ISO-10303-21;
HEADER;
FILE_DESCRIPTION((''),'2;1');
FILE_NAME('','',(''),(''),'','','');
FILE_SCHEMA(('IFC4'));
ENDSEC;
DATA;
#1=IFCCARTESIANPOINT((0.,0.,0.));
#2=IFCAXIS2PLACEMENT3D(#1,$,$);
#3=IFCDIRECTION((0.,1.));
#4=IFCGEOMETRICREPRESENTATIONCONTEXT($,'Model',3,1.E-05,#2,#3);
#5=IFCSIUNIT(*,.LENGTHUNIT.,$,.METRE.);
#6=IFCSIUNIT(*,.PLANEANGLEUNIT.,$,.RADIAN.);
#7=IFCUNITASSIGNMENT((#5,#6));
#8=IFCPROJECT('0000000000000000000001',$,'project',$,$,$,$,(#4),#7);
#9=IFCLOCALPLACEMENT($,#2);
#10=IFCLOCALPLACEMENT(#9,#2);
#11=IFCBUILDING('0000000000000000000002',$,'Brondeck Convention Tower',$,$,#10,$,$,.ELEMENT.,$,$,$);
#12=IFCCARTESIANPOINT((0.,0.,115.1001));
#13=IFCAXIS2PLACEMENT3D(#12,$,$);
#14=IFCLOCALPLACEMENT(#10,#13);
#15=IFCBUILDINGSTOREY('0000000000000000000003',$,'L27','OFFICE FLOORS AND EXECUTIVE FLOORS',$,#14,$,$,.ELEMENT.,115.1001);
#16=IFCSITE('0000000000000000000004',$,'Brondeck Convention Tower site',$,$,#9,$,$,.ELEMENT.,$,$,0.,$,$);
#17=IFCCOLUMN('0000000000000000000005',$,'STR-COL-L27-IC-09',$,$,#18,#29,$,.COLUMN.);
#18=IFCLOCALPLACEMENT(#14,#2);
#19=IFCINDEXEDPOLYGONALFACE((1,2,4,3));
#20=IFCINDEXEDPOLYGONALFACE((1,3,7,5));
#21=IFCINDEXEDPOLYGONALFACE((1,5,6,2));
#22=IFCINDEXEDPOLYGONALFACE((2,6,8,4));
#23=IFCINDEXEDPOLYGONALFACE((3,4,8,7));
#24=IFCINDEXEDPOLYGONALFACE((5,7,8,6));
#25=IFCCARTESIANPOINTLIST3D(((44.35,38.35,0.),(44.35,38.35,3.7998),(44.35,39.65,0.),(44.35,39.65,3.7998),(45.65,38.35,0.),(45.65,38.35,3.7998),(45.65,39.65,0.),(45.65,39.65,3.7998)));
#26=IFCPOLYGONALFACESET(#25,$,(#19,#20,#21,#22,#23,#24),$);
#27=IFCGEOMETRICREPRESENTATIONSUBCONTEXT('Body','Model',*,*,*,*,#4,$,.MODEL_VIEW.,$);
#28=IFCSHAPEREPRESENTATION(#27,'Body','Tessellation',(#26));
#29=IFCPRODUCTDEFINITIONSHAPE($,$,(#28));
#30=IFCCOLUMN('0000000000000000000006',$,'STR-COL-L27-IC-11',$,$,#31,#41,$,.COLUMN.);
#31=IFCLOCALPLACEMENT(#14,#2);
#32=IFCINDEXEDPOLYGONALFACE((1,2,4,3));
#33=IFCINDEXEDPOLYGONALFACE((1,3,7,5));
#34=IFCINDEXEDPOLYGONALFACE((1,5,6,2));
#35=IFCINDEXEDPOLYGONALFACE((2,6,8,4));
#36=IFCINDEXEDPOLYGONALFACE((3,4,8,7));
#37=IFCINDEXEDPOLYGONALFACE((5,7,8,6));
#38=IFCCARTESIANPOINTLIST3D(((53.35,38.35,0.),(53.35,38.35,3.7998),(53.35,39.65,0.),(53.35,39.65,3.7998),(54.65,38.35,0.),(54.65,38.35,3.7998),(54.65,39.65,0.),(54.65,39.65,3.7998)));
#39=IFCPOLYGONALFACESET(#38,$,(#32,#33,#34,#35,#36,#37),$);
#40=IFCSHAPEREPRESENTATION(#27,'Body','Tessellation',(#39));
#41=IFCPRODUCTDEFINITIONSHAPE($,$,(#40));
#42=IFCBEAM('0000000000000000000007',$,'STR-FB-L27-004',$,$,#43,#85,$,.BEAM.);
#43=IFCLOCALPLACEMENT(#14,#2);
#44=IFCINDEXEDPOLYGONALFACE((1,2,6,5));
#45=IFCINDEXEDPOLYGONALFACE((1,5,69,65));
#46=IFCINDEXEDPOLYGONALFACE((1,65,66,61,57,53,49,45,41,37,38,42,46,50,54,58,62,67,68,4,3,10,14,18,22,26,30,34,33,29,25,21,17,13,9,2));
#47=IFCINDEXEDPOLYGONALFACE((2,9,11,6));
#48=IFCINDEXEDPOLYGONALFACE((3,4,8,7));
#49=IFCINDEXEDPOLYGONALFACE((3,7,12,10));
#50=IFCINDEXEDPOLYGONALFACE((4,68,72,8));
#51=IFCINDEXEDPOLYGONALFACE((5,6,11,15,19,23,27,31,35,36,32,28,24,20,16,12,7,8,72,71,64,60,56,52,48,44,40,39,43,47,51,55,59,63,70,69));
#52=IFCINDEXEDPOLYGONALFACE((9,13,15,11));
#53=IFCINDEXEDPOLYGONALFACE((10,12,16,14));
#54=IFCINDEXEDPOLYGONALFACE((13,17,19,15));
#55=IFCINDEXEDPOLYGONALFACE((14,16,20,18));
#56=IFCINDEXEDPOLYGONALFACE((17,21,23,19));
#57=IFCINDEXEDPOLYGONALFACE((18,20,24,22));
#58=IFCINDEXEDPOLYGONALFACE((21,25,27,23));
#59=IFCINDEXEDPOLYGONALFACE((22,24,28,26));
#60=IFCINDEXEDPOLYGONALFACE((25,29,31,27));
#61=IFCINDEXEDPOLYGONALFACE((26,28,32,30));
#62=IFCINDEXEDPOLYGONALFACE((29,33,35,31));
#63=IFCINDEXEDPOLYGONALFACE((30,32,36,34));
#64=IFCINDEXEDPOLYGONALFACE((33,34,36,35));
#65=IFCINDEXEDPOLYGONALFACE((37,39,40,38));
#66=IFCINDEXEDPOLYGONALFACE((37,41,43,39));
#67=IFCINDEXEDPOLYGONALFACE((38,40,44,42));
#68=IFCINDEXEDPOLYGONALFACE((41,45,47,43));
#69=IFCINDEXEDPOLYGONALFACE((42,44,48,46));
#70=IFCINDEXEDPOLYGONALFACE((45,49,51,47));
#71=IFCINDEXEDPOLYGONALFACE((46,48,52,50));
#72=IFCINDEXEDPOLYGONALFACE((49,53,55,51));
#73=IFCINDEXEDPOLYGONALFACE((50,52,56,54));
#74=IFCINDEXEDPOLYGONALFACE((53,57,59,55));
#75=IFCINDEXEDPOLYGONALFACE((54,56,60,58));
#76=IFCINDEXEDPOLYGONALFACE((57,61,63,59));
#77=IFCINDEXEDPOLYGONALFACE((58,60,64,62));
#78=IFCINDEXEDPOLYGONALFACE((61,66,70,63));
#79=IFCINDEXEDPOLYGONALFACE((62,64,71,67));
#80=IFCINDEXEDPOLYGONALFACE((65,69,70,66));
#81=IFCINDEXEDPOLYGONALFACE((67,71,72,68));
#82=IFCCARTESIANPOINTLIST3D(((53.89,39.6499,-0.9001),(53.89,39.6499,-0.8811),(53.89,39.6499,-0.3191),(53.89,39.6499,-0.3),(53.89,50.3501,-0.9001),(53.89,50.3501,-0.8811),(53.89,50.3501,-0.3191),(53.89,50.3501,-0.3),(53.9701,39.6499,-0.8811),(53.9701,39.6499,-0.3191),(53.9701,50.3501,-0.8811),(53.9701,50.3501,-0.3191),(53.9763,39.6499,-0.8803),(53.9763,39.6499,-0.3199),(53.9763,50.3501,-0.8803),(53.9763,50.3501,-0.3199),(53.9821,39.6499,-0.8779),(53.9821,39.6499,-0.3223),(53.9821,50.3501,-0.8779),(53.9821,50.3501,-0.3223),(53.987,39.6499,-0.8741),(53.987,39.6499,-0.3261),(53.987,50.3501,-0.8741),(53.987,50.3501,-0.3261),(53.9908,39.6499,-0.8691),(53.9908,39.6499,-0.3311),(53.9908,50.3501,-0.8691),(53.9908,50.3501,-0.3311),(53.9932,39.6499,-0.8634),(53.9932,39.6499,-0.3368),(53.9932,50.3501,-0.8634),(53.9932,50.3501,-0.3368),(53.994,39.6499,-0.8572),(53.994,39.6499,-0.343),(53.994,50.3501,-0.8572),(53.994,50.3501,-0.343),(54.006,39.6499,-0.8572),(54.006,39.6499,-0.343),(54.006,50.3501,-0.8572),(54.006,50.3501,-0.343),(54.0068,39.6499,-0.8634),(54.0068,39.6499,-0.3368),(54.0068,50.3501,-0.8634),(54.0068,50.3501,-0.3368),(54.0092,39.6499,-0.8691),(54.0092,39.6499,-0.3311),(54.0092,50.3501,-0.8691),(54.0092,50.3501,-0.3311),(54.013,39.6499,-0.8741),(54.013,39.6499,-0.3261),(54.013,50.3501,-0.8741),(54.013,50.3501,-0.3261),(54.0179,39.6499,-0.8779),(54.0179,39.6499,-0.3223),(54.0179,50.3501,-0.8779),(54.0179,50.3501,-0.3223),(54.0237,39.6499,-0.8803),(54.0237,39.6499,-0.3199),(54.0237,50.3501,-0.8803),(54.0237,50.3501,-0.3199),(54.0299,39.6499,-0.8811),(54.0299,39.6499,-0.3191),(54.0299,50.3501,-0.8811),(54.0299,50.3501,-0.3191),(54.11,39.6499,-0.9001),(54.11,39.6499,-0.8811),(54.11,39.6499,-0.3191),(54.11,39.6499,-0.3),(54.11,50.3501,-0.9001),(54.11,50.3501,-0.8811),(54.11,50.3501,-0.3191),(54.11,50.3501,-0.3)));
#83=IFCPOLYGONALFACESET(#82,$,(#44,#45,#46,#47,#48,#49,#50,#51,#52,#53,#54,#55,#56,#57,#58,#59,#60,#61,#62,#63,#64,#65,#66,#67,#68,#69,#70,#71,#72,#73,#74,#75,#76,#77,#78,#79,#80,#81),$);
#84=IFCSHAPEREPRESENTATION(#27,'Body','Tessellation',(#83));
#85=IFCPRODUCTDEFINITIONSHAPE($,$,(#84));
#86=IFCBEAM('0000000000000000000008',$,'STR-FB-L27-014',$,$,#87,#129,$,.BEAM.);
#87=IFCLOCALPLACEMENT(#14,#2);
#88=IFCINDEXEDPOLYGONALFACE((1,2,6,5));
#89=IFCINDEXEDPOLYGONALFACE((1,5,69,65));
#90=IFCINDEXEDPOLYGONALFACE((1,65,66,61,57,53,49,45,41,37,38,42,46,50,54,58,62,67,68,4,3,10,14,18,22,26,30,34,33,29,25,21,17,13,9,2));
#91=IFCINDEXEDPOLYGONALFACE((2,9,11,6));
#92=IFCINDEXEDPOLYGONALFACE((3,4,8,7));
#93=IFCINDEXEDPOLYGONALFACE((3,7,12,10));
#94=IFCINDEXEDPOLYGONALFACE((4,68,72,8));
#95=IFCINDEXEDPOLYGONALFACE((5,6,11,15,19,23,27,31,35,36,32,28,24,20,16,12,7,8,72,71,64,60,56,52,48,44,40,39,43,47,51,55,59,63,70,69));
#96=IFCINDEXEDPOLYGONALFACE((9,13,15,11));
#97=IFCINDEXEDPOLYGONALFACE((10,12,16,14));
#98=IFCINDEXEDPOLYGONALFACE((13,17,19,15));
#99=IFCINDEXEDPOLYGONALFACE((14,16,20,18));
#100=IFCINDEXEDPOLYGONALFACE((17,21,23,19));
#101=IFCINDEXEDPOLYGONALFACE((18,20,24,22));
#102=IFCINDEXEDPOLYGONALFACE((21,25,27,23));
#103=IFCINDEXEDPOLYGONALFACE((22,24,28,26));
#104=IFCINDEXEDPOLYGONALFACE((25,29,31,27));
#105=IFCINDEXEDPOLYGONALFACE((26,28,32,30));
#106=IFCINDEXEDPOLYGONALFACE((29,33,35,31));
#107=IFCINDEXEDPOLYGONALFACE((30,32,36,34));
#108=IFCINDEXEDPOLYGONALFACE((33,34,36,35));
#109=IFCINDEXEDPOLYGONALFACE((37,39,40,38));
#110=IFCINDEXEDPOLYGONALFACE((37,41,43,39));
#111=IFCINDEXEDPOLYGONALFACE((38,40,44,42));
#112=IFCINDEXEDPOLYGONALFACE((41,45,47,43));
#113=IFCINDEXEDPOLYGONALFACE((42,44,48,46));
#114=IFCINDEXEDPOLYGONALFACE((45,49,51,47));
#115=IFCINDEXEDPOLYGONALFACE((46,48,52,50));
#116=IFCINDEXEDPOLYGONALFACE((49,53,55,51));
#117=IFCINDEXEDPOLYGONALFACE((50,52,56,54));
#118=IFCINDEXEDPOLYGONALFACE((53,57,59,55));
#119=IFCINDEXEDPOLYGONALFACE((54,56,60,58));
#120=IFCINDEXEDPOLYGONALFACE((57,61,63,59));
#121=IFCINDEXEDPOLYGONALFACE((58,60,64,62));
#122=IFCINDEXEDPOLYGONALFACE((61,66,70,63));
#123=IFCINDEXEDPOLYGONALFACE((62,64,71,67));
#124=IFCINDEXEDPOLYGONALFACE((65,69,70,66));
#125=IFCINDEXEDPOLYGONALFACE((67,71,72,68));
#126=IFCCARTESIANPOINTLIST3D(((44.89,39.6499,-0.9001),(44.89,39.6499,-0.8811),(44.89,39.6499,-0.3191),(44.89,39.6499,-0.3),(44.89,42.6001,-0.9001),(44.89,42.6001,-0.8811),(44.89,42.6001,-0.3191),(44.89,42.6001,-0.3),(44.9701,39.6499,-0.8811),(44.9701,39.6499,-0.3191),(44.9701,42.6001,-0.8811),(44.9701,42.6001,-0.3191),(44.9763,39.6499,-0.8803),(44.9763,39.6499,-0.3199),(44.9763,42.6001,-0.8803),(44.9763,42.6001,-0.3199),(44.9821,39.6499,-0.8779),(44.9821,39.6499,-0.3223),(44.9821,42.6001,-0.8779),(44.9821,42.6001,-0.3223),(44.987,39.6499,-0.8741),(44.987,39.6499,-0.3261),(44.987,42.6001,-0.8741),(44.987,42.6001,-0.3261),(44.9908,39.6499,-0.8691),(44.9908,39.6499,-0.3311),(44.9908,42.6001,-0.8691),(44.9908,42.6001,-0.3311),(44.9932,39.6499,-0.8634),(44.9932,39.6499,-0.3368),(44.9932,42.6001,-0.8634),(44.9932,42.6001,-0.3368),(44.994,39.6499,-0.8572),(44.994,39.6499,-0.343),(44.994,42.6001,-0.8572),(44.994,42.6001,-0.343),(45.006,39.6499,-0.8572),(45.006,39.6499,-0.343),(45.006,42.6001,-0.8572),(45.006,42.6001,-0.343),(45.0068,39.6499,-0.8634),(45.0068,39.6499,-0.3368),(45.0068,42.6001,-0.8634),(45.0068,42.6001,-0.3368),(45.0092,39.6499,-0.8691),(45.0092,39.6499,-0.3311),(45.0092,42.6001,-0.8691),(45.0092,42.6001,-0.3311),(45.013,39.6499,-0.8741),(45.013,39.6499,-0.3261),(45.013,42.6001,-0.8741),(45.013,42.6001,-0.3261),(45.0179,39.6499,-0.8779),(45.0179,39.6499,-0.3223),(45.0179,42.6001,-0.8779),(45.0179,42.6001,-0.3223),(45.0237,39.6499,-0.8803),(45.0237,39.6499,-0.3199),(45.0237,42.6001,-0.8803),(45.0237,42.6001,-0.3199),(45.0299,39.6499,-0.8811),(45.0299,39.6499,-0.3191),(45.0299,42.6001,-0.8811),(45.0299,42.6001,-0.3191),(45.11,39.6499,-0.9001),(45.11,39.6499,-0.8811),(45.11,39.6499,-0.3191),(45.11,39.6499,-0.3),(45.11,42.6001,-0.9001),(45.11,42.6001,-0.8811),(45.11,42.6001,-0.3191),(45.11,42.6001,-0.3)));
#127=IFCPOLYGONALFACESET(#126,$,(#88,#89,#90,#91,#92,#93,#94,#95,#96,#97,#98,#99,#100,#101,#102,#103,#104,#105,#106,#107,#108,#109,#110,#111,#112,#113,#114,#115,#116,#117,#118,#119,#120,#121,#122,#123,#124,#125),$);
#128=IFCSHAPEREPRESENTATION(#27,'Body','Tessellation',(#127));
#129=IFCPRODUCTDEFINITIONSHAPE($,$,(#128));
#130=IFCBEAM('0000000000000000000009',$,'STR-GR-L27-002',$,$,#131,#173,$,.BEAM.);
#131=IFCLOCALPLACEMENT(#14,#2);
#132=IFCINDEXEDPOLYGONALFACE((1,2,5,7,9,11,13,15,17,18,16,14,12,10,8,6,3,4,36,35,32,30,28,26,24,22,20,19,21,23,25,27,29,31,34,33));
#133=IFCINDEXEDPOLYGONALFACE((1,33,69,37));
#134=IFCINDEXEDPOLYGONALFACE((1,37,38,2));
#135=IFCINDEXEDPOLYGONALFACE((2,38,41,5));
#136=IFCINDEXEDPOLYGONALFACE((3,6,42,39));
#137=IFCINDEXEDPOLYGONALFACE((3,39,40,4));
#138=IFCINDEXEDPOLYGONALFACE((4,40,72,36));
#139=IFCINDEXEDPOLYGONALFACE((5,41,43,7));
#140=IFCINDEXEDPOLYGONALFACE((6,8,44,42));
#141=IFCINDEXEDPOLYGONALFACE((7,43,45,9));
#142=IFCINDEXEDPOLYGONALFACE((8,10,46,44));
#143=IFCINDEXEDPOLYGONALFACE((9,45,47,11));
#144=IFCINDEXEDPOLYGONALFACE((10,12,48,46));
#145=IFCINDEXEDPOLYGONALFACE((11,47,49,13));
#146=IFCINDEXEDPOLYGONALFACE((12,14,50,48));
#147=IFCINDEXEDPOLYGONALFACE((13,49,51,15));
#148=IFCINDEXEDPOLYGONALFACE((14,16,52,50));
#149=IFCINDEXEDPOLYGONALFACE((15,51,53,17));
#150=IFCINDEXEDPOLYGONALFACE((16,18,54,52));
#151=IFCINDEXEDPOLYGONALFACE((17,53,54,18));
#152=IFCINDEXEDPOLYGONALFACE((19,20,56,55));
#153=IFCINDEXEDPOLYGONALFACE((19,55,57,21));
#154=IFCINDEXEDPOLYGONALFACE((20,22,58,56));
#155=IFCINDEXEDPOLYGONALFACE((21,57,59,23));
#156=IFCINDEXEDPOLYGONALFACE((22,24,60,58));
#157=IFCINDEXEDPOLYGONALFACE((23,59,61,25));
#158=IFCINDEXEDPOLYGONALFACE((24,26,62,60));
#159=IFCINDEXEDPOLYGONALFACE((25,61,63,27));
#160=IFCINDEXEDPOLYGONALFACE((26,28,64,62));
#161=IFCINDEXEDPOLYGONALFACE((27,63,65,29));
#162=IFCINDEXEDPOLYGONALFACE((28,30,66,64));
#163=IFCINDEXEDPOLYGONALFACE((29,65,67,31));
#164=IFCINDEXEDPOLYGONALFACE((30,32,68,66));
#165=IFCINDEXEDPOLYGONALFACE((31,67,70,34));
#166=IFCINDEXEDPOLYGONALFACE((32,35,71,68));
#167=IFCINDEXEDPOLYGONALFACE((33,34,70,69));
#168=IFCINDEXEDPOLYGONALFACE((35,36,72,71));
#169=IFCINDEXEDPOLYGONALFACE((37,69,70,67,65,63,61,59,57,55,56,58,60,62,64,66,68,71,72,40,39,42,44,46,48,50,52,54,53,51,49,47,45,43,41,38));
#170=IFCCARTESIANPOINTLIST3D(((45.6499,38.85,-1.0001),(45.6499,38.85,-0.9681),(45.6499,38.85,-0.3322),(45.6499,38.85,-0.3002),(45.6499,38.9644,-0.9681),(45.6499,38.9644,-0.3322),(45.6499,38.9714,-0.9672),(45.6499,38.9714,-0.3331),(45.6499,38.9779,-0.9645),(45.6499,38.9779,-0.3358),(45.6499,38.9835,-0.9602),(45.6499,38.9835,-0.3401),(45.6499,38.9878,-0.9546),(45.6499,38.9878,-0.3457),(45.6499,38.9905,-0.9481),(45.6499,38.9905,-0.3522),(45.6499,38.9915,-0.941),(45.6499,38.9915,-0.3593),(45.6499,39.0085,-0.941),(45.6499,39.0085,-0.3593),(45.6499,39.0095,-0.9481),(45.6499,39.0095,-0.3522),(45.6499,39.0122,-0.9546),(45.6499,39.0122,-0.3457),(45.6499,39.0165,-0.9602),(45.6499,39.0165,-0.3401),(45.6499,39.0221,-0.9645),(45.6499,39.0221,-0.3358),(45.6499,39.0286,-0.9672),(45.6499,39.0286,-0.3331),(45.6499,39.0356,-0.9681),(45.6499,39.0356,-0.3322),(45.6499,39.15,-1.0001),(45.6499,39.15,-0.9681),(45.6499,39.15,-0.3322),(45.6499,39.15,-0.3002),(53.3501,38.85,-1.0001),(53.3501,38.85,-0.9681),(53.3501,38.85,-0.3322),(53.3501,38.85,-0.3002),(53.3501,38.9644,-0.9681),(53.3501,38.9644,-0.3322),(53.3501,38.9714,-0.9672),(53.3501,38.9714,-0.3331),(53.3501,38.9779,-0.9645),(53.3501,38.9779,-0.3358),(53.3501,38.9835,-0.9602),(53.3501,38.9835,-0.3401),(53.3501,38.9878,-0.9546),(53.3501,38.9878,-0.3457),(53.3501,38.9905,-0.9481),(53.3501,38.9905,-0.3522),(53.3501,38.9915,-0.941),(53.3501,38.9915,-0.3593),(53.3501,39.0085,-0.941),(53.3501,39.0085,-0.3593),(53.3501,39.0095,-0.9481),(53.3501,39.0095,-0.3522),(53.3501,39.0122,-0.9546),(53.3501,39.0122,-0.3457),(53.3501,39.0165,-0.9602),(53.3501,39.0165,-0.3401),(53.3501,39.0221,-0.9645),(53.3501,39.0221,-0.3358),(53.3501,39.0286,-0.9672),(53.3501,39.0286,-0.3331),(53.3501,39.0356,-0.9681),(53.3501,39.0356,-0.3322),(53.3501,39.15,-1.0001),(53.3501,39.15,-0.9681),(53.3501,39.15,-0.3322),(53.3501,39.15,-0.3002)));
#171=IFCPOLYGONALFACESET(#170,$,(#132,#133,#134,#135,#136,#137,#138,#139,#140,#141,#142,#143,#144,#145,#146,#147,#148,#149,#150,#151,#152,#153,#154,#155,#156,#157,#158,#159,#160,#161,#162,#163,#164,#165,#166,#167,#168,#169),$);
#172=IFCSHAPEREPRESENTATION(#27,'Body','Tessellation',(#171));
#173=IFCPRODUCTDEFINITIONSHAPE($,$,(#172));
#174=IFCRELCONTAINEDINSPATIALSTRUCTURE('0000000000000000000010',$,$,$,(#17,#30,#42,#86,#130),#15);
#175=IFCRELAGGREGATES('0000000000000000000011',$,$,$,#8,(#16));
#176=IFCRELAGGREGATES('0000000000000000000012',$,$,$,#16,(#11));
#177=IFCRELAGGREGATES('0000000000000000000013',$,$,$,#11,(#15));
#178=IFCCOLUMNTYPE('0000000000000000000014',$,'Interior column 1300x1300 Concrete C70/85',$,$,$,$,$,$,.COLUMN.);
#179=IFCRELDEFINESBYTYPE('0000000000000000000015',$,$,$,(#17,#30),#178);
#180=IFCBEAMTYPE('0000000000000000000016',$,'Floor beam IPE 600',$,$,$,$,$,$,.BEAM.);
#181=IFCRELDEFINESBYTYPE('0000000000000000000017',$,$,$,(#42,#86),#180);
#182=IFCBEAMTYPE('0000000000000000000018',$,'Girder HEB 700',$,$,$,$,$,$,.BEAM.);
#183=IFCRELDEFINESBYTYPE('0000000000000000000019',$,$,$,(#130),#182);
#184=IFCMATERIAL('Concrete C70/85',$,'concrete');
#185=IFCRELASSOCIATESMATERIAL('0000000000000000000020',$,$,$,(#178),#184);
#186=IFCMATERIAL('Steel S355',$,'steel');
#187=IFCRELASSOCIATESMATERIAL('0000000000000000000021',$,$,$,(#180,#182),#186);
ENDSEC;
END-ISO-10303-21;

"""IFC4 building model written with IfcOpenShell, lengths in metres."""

from ifc_helpers import new_model, si_unit, direction, frame, origin, origin_2d, place, context, subcontext, project, spatial, rectangle, i_section, extrude, material, material_profile, profile_set, type_object, element, save


model = new_model("IFC4")

# Units and contexts
model_context = context("Model", 3, precision=1e-05, world=origin(), true_north=direction((0.0, 1.0)))
body_context = subcontext(model_context, "Body", "Model", "MODEL_VIEW")
ifc_project = project(units=[si_unit("LENGTHUNIT", "METRE"), si_unit("PLANEANGLEUNIT", "RADIAN")], contexts=[model_context])

# Site, building, storey
site_placement = place(None, origin())
site = spatial("IfcSite", under=ifc_project, at=site_placement, Name="Brondeck Convention Tower site", CompositionType="ELEMENT", RefElevation=0.0)
building_placement = place(site_placement, origin())
building = spatial("IfcBuilding", under=site, at=building_placement, Name="Brondeck Convention Tower", CompositionType="ELEMENT")
storey_placement = place(building_placement, frame((0.0, 0.0, 115.1001)))
storey = spatial("IfcBuildingStorey", under=building, at=storey_placement, Name="L27", Description="OFFICE FLOORS AND EXECUTIVE FLOORS", CompositionType="ELEMENT", Elevation=115.1001)

# Columns
ifc_material_1 = material(Name="Concrete C70/85", Category="concrete")
ifc_material_profile_1 = material_profile(ifc_material_1, rectangle(XDim=1.3, YDim=1.3, at=origin_2d()), Name="Interior column 1300x1300 Concrete C70/85")
ifc_profile_set_1 = profile_set([ifc_material_profile_1], Name="Concrete C70/85")
column_type = type_object("IfcColumnType", Name="Interior column 1300x1300 Concrete C70/85", PredefinedType="COLUMN", material=ifc_profile_set_1)
for number, where, z_axis, x_axis, name in (
    (1, (45.0, 39.0, 0.0), (0.0, 0.0, 1.0), (1.0, 0.0, 0.0), "STR-COL-L27-IC-09"),
    (2, (54.0, 39.0, 0.0), (0.0, 0.0, 1.0), (1.0, 0.0, 0.0), "STR-COL-L27-IC-11"),
):
    element("IfcColumn", number, at=place(storey_placement, frame(where, z_axis=z_axis, x_axis=x_axis)), inside=storey, type_object=column_type, Name=name, PredefinedType="COLUMN", context=body_context, shape_type="SweptSolid", body=[
        extrude(rectangle(XDim=1.3, YDim=1.3, at=origin_2d()), origin(), (0.0, 0.0, 1.0), 3.7998),
    ])

# Beams
ifc_material_2 = material(Name="Steel S355", Category="steel")
ifc_material_profile_2 = material_profile(ifc_material_2, i_section(OverallWidth=0.22, OverallDepth=0.6001, WebThickness=0.012, FlangeThickness=0.019, FilletRadius=0.0239, at=origin_2d()), Name="IPE 600")
ifc_profile_set_2 = profile_set([ifc_material_profile_2], Name="Steel S355")
beam_type_1 = type_object("IfcBeamType", Name="Floor beam IPE 600", PredefinedType="BEAM", material=ifc_profile_set_2)
beam_1_placement = place(storey_placement, frame((54.0, 39.6499, -0.6001), z_axis=(0.0, 1.0, 0.0), x_axis=(-1.0, 0.0, 0.0)))
element("IfcBeam", 3, at=beam_1_placement, inside=storey, type_object=beam_type_1, Name="STR-FB-L27-004", PredefinedType="BEAM", context=body_context, shape_type="SweptSolid", body=[
    extrude(i_section(OverallWidth=0.22, OverallDepth=0.6001, WebThickness=0.012, FlangeThickness=0.019, FilletRadius=0.0239, at=origin_2d()), origin(), (0.0, 0.0, 1.0), 10.7002),
])
beam_2_placement = place(storey_placement, frame((45.0, 39.6499, -0.6001), z_axis=(0.0, 1.0, 0.0), x_axis=(-1.0, 0.0, 0.0)))
element("IfcBeam", 4, at=beam_2_placement, inside=storey, type_object=beam_type_1, Name="STR-FB-L27-014", PredefinedType="BEAM", context=body_context, shape_type="SweptSolid", body=[
    extrude(i_section(OverallWidth=0.22, OverallDepth=0.6001, WebThickness=0.012, FlangeThickness=0.019, FilletRadius=0.0239, at=origin_2d()), origin(), (0.0, 0.0, 1.0), 2.9502),
])
ifc_material_profile_3 = material_profile(ifc_material_2, i_section(OverallWidth=0.3, OverallDepth=0.7, WebThickness=0.0171, FlangeThickness=0.032, FilletRadius=0.0271, at=origin_2d()), Name="HEB 700")
ifc_profile_set_3 = profile_set([ifc_material_profile_3], Name="Steel S355")
beam_type_2 = type_object("IfcBeamType", Name="Girder HEB 700", PredefinedType="BEAM", material=ifc_profile_set_3)
for number, where, z_axis, x_axis, name in (
    (5, (45.6499, 39.0, -0.6501), (1.0, 0.0, 0.0), (0.0, 1.0, 0.0), "STR-GR-L27-002"),
):
    element("IfcBeam", number, at=place(storey_placement, frame(where, z_axis=z_axis, x_axis=x_axis)), inside=storey, type_object=beam_type_2, Name=name, PredefinedType="BEAM", context=body_context, shape_type="SweptSolid", body=[
        extrude(i_section(OverallWidth=0.3, OverallDepth=0.7, WebThickness=0.0171, FlangeThickness=0.032, FilletRadius=0.0271, at=origin_2d()), origin(), (0.0, 0.0, 1.0), 7.7002),
    ])

save(model, "model.ifc")
